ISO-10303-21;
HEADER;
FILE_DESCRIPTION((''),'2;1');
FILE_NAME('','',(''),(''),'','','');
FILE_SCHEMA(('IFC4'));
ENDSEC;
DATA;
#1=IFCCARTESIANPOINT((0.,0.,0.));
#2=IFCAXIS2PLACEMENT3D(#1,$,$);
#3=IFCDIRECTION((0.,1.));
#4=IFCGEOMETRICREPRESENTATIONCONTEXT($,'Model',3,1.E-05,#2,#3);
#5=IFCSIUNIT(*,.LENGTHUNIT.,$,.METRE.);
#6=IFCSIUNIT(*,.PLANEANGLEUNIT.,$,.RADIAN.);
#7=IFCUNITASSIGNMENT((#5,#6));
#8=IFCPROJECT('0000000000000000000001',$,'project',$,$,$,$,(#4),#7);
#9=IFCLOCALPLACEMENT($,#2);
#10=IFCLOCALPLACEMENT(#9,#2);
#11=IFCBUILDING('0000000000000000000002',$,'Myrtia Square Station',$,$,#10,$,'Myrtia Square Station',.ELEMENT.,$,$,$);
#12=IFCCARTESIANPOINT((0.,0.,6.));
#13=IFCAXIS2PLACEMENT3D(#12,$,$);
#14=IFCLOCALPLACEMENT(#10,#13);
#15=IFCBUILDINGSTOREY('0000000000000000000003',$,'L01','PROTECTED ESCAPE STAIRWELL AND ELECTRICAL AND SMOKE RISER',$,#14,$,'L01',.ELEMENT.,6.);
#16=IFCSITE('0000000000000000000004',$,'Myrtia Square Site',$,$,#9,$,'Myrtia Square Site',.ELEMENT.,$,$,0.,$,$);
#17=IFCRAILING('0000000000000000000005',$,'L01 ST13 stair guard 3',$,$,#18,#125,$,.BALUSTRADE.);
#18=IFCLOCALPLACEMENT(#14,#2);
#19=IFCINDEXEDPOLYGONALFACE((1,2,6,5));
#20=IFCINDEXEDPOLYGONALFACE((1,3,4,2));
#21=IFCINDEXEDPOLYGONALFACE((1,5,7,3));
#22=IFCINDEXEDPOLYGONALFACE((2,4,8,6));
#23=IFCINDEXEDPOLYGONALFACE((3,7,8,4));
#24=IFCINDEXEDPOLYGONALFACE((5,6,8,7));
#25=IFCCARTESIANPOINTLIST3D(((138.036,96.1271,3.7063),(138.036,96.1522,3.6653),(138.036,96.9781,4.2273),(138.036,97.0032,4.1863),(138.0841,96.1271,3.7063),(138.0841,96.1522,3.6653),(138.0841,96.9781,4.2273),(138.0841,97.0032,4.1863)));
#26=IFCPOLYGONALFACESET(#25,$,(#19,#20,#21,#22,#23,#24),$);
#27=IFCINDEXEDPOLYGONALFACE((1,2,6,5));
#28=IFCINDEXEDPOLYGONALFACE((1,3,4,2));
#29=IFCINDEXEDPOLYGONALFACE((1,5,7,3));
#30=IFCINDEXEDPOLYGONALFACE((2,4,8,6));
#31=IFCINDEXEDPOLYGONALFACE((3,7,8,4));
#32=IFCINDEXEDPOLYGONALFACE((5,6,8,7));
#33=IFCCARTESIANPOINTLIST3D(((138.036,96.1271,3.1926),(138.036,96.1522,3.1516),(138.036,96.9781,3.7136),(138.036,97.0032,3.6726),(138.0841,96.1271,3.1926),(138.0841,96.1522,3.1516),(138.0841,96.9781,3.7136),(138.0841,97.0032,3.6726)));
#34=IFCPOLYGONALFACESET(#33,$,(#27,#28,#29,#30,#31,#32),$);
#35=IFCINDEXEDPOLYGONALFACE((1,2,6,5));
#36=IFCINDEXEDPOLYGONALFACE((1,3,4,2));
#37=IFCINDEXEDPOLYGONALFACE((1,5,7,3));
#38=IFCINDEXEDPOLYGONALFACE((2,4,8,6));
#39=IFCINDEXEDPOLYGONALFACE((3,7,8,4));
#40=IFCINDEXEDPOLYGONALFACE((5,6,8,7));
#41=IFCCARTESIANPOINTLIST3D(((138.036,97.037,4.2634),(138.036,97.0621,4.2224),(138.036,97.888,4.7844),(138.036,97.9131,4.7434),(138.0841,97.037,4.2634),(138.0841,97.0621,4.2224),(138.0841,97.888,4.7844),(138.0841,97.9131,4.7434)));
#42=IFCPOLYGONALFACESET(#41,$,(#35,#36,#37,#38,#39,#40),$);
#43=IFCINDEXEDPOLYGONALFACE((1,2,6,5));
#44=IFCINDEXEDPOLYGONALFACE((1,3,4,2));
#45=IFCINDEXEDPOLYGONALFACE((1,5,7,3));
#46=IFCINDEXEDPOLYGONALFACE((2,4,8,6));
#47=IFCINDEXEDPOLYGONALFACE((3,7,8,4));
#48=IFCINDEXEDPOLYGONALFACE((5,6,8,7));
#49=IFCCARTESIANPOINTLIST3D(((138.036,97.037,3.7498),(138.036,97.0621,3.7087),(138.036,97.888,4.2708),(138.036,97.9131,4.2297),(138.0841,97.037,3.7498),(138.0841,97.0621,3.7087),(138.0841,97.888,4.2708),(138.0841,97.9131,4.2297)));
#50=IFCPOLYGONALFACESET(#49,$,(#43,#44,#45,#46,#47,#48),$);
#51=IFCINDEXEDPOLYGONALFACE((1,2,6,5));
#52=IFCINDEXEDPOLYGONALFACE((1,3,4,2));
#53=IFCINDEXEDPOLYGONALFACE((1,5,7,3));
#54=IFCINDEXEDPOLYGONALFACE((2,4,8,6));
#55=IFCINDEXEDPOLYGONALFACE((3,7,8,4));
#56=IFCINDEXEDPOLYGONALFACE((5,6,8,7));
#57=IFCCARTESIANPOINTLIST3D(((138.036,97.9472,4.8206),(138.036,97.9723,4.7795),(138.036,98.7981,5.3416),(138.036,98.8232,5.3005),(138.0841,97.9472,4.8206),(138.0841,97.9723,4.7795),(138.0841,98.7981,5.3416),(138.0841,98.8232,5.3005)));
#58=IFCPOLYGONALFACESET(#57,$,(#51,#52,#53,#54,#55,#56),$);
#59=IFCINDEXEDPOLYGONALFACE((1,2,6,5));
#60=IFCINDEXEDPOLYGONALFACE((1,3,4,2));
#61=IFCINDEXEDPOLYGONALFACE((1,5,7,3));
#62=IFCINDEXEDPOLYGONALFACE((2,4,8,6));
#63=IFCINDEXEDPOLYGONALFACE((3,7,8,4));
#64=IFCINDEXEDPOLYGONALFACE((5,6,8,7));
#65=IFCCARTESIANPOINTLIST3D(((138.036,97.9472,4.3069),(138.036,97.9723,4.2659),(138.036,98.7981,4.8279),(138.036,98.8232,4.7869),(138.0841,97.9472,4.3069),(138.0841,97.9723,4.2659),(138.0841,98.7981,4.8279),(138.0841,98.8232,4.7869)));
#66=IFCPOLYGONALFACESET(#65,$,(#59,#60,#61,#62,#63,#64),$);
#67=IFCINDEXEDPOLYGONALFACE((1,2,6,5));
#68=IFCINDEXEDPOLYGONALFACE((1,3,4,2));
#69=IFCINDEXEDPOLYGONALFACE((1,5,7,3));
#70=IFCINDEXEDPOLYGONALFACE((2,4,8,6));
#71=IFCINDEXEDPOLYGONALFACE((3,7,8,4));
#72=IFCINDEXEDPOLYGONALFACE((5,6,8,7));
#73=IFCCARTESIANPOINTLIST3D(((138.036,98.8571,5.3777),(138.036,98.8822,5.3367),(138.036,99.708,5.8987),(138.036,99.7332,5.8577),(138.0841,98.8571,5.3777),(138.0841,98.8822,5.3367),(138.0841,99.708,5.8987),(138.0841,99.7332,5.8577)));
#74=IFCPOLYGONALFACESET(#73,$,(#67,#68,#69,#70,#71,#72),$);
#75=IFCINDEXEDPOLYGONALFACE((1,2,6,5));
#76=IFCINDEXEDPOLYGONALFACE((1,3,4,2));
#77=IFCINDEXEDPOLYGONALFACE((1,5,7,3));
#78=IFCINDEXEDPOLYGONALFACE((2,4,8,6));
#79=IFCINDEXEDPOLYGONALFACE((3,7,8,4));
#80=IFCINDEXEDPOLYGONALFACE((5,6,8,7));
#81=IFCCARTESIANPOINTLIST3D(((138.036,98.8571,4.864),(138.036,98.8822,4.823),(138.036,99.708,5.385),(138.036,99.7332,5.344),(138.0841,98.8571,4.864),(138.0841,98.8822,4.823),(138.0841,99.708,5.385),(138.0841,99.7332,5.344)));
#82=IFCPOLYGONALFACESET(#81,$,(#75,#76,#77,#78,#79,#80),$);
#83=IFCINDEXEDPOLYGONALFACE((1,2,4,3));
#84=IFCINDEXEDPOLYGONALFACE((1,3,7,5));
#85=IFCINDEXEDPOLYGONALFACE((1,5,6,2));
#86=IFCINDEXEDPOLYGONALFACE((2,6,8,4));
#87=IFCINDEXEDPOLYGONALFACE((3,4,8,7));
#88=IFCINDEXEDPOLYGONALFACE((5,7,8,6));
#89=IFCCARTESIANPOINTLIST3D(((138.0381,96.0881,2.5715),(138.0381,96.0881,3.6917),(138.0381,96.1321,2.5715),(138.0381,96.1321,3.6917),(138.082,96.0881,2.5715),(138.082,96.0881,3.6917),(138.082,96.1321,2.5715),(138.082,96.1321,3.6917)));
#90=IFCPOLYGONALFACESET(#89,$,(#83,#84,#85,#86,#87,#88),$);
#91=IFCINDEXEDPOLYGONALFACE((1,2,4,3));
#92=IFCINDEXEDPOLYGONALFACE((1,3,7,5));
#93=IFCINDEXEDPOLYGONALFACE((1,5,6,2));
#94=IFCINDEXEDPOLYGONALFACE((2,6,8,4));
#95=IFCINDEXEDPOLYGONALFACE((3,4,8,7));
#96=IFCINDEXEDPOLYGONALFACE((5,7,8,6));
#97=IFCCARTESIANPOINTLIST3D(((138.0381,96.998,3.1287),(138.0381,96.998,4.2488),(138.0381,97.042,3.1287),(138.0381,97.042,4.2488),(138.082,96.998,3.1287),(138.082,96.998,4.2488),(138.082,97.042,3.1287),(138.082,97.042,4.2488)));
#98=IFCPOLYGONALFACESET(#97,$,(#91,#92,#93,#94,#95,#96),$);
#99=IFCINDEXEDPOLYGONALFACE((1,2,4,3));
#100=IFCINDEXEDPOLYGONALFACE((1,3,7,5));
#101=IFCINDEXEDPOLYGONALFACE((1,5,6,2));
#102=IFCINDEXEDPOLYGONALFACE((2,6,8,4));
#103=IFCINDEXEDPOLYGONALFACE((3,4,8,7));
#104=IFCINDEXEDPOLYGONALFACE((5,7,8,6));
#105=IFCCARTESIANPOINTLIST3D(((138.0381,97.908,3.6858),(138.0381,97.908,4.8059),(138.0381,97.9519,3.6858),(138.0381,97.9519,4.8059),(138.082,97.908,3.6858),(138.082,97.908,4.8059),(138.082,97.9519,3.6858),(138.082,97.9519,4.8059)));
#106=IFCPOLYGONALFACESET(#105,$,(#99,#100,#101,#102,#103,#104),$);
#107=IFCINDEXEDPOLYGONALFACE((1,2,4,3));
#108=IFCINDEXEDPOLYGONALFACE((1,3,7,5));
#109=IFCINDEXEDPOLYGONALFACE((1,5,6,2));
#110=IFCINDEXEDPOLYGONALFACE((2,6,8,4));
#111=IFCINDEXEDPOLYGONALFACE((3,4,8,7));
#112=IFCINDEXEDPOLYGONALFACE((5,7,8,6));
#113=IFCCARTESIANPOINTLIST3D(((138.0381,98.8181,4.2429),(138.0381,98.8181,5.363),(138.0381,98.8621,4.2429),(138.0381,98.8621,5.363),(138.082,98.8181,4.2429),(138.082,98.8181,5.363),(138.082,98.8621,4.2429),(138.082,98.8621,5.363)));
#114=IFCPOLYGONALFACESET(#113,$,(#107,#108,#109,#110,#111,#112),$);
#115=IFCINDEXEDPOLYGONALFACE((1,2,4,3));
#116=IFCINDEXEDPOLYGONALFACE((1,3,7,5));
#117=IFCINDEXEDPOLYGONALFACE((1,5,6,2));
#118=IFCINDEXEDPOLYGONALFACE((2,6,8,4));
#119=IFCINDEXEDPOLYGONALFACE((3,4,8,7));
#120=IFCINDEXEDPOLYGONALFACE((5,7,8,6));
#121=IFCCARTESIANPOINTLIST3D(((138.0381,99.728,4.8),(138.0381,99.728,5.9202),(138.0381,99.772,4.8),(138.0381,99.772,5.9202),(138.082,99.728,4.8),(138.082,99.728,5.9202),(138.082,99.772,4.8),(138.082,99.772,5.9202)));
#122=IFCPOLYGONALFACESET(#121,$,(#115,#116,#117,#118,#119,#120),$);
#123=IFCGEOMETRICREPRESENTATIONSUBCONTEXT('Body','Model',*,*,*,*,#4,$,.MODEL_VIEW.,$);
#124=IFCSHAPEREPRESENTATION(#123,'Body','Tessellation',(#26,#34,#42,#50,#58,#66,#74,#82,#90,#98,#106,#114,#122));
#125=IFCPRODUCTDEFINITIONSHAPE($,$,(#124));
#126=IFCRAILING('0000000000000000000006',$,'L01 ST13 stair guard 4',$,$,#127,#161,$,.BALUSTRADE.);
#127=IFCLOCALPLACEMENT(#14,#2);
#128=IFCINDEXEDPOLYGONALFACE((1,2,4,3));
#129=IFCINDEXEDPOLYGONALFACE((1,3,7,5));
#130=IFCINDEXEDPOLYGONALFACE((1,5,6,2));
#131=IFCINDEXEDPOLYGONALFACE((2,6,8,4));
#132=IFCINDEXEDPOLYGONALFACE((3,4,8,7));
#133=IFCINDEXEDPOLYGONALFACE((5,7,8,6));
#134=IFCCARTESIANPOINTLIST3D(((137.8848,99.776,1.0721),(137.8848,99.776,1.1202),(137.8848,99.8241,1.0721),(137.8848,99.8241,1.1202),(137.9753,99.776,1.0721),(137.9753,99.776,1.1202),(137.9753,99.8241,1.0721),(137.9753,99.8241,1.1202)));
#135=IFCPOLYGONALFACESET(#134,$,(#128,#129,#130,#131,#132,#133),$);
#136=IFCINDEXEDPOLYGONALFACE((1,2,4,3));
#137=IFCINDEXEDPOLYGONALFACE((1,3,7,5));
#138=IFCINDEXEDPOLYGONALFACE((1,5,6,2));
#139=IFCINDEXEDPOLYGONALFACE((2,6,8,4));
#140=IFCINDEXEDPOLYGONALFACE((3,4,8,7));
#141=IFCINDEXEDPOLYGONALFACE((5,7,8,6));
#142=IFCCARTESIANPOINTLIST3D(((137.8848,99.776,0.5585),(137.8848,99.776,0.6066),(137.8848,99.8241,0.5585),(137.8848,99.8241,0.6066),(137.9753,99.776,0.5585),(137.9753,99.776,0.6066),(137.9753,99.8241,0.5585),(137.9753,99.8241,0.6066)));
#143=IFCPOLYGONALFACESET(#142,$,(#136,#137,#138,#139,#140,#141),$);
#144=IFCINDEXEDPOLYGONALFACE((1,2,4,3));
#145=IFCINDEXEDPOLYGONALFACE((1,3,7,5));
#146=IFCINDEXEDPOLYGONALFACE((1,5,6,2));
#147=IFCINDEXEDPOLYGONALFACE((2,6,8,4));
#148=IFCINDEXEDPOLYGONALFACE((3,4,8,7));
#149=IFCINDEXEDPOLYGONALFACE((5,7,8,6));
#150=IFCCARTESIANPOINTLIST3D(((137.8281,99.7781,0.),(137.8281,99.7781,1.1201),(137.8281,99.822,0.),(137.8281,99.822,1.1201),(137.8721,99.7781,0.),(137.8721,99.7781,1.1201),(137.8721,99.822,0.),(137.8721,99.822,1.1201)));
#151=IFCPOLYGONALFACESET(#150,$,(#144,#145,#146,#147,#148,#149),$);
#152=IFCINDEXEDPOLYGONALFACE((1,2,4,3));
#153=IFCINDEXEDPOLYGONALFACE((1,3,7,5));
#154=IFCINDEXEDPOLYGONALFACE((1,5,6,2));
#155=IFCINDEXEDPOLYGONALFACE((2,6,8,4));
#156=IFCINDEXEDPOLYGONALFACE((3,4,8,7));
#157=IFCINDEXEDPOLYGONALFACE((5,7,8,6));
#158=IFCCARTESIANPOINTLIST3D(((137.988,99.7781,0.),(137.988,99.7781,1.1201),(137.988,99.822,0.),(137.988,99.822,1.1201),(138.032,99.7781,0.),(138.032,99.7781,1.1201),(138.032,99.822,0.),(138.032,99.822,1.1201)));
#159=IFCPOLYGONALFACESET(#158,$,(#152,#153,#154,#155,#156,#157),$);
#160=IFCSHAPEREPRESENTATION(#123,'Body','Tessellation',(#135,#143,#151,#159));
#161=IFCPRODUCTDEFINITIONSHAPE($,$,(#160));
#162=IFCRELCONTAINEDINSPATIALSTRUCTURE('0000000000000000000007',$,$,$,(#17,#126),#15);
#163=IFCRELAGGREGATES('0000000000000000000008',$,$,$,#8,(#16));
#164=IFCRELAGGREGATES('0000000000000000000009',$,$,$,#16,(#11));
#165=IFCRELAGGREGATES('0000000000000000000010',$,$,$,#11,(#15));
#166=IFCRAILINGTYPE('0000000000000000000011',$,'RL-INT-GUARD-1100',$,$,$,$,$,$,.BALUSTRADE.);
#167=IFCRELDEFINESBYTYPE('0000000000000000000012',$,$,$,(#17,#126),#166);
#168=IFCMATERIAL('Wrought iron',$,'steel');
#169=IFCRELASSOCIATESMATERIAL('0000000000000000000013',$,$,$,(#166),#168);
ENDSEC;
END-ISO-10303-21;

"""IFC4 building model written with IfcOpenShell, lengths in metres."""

from ifc_helpers import new_model, si_unit, direction, frame, origin, origin_2d, place, context, subcontext, project, spatial, rectangle, extrude, material, type_object, element, save


model = new_model("IFC4")

# Units and contexts
model_context = context("Model", 3, precision=1e-05, world=origin(), true_north=direction((0.0, 1.0)))
body_context = subcontext(model_context, "Body", "Model", "MODEL_VIEW")
ifc_project = project(units=[si_unit("LENGTHUNIT", "METRE"), si_unit("PLANEANGLEUNIT", "RADIAN")], contexts=[model_context])

# Site, building, storey
site_placement = place(None, origin())
site = spatial("IfcSite", under=ifc_project, at=site_placement, Name="Myrtia Square Site", LongName="Myrtia Square Site", CompositionType="ELEMENT", RefElevation=0.0)
building_placement = place(site_placement, origin())
building = spatial("IfcBuilding", under=site, at=building_placement, Name="Myrtia Square Station", LongName="Myrtia Square Station", CompositionType="ELEMENT")
storey_placement = place(building_placement, frame((0.0, 0.0, 6.0)))
storey = spatial("IfcBuildingStorey", under=building, at=storey_placement, Name="L01", Description="PROTECTED ESCAPE STAIRWELL AND ELECTRICAL AND SMOKE RISER", LongName="L01", CompositionType="ELEMENT", Elevation=6.0)

# Railings
ifc_material_1 = material(Name="Wrought iron", Category="steel")
railing_type_1 = type_object("IfcRailingType", Name="RL-INT-GUARD-1100", PredefinedType="BALUSTRADE", material=ifc_material_1)
railing_1_placement = place(storey_placement, frame((138.0601, 96.1101, 2.5715)))
element("IfcRailing", 1, at=railing_1_placement, inside=storey, type_object=railing_type_1, Name="L01 ST13 stair guard 3", PredefinedType="BALUSTRADE", context=body_context, shape_type="SweptSolid", body=[
    extrude(rectangle(XDim=0.0481, YDim=0.0481, at=origin_2d()), frame((0.0, 0.0295, 1.1143), z_axis=(0.0, 0.85285, 0.522156), x_axis=(-1.0, 0.0, 0.0)), (0.0, 0.0, 1.0), 0.9978),
    extrude(rectangle(XDim=0.0481, YDim=0.0481, at=origin_2d()), frame((0.0, 0.0295, 0.6006), z_axis=(0.0, 0.85285, 0.522156), x_axis=(-1.0, 0.0, 0.0)), (0.0, 0.0, 1.0), 0.9978),
    extrude(rectangle(XDim=0.0481, YDim=0.0481, at=origin_2d()), frame((0.0, 0.9395, 1.6714), z_axis=(0.0, 0.85285, 0.522156), x_axis=(-1.0, 0.0, 0.0)), (0.0, 0.0, 1.0), 0.9978),
    extrude(rectangle(XDim=0.0481, YDim=0.0481, at=origin_2d()), frame((0.0, 0.9395, 1.1577), z_axis=(0.0, 0.85285, 0.522156), x_axis=(-1.0, 0.0, 0.0)), (0.0, 0.0, 1.0), 0.9978),
    extrude(rectangle(XDim=0.0481, YDim=0.0481, at=origin_2d()), frame((0.0, 1.8496, 2.2285), z_axis=(0.0, 0.85285, 0.522156), x_axis=(-1.0, 0.0, 0.0)), (0.0, 0.0, 1.0), 0.9978),
    extrude(rectangle(XDim=0.0481, YDim=0.0481, at=origin_2d()), frame((0.0, 1.8496, 1.7148), z_axis=(0.0, 0.85285, 0.522156), x_axis=(-1.0, 0.0, 0.0)), (0.0, 0.0, 1.0), 0.9978),
    extrude(rectangle(XDim=0.0481, YDim=0.0481, at=origin_2d()), frame((0.0, 2.7595, 2.7856), z_axis=(0.0, 0.85285, 0.522156), x_axis=(-1.0, 0.0, 0.0)), (0.0, 0.0, 1.0), 0.9978),
    extrude(rectangle(XDim=0.0481, YDim=0.0481, at=origin_2d()), frame((0.0, 2.7595, 2.272), z_axis=(0.0, 0.85285, 0.522156), x_axis=(-1.0, 0.0, 0.0)), (0.0, 0.0, 1.0), 0.9978),
    extrude(rectangle(XDim=0.0439, YDim=0.0439, at=origin_2d()), origin(), (0.0, 0.0, 1.0), 1.1201),
    extrude(rectangle(XDim=0.0439, YDim=0.0439, at=origin_2d()), frame((0.0, 0.9099, 0.5571)), (0.0, 0.0, 1.0), 1.1201),
    extrude(rectangle(XDim=0.0439, YDim=0.0439, at=origin_2d()), frame((0.0, 1.8198, 1.1143)), (0.0, 0.0, 1.0), 1.1201),
    extrude(rectangle(XDim=0.0439, YDim=0.0439, at=origin_2d()), frame((0.0, 2.73, 1.6714)), (0.0, 0.0, 1.0), 1.1201),
    extrude(rectangle(XDim=0.0439, YDim=0.0439, at=origin_2d()), frame((0.0, 3.6399, 2.2285)), (0.0, 0.0, 1.0), 1.1201),
])
railing_2_placement = place(storey_placement, frame((137.8501, 99.8, 0.0)))
element("IfcRailing", 2, at=railing_2_placement, inside=storey, type_object=railing_type_1, Name="L01 ST13 stair guard 4", PredefinedType="BALUSTRADE", context=body_context, shape_type="SweptSolid", body=[
    extrude(rectangle(XDim=0.0481, YDim=0.0481, at=origin_2d()), frame((0.0347, 0.0, 1.0962), z_axis=(1.0, 0.0, 0.0), x_axis=(0.0, 1.0, 0.0)), (0.0, 0.0, 1.0), 0.0906),
    extrude(rectangle(XDim=0.0481, YDim=0.0481, at=origin_2d()), frame((0.0347, 0.0, 0.5825), z_axis=(1.0, 0.0, 0.0), x_axis=(0.0, 1.0, 0.0)), (0.0, 0.0, 1.0), 0.0906),
    extrude(rectangle(XDim=0.0439, YDim=0.0439, at=origin_2d()), origin(), (0.0, 0.0, 1.0), 1.1201),
    extrude(rectangle(XDim=0.0439, YDim=0.0439, at=origin_2d()), frame((0.1599, 0.0, 0.0)), (0.0, 0.0, 1.0), 1.1201),
])

save(model, "model.ifc")
